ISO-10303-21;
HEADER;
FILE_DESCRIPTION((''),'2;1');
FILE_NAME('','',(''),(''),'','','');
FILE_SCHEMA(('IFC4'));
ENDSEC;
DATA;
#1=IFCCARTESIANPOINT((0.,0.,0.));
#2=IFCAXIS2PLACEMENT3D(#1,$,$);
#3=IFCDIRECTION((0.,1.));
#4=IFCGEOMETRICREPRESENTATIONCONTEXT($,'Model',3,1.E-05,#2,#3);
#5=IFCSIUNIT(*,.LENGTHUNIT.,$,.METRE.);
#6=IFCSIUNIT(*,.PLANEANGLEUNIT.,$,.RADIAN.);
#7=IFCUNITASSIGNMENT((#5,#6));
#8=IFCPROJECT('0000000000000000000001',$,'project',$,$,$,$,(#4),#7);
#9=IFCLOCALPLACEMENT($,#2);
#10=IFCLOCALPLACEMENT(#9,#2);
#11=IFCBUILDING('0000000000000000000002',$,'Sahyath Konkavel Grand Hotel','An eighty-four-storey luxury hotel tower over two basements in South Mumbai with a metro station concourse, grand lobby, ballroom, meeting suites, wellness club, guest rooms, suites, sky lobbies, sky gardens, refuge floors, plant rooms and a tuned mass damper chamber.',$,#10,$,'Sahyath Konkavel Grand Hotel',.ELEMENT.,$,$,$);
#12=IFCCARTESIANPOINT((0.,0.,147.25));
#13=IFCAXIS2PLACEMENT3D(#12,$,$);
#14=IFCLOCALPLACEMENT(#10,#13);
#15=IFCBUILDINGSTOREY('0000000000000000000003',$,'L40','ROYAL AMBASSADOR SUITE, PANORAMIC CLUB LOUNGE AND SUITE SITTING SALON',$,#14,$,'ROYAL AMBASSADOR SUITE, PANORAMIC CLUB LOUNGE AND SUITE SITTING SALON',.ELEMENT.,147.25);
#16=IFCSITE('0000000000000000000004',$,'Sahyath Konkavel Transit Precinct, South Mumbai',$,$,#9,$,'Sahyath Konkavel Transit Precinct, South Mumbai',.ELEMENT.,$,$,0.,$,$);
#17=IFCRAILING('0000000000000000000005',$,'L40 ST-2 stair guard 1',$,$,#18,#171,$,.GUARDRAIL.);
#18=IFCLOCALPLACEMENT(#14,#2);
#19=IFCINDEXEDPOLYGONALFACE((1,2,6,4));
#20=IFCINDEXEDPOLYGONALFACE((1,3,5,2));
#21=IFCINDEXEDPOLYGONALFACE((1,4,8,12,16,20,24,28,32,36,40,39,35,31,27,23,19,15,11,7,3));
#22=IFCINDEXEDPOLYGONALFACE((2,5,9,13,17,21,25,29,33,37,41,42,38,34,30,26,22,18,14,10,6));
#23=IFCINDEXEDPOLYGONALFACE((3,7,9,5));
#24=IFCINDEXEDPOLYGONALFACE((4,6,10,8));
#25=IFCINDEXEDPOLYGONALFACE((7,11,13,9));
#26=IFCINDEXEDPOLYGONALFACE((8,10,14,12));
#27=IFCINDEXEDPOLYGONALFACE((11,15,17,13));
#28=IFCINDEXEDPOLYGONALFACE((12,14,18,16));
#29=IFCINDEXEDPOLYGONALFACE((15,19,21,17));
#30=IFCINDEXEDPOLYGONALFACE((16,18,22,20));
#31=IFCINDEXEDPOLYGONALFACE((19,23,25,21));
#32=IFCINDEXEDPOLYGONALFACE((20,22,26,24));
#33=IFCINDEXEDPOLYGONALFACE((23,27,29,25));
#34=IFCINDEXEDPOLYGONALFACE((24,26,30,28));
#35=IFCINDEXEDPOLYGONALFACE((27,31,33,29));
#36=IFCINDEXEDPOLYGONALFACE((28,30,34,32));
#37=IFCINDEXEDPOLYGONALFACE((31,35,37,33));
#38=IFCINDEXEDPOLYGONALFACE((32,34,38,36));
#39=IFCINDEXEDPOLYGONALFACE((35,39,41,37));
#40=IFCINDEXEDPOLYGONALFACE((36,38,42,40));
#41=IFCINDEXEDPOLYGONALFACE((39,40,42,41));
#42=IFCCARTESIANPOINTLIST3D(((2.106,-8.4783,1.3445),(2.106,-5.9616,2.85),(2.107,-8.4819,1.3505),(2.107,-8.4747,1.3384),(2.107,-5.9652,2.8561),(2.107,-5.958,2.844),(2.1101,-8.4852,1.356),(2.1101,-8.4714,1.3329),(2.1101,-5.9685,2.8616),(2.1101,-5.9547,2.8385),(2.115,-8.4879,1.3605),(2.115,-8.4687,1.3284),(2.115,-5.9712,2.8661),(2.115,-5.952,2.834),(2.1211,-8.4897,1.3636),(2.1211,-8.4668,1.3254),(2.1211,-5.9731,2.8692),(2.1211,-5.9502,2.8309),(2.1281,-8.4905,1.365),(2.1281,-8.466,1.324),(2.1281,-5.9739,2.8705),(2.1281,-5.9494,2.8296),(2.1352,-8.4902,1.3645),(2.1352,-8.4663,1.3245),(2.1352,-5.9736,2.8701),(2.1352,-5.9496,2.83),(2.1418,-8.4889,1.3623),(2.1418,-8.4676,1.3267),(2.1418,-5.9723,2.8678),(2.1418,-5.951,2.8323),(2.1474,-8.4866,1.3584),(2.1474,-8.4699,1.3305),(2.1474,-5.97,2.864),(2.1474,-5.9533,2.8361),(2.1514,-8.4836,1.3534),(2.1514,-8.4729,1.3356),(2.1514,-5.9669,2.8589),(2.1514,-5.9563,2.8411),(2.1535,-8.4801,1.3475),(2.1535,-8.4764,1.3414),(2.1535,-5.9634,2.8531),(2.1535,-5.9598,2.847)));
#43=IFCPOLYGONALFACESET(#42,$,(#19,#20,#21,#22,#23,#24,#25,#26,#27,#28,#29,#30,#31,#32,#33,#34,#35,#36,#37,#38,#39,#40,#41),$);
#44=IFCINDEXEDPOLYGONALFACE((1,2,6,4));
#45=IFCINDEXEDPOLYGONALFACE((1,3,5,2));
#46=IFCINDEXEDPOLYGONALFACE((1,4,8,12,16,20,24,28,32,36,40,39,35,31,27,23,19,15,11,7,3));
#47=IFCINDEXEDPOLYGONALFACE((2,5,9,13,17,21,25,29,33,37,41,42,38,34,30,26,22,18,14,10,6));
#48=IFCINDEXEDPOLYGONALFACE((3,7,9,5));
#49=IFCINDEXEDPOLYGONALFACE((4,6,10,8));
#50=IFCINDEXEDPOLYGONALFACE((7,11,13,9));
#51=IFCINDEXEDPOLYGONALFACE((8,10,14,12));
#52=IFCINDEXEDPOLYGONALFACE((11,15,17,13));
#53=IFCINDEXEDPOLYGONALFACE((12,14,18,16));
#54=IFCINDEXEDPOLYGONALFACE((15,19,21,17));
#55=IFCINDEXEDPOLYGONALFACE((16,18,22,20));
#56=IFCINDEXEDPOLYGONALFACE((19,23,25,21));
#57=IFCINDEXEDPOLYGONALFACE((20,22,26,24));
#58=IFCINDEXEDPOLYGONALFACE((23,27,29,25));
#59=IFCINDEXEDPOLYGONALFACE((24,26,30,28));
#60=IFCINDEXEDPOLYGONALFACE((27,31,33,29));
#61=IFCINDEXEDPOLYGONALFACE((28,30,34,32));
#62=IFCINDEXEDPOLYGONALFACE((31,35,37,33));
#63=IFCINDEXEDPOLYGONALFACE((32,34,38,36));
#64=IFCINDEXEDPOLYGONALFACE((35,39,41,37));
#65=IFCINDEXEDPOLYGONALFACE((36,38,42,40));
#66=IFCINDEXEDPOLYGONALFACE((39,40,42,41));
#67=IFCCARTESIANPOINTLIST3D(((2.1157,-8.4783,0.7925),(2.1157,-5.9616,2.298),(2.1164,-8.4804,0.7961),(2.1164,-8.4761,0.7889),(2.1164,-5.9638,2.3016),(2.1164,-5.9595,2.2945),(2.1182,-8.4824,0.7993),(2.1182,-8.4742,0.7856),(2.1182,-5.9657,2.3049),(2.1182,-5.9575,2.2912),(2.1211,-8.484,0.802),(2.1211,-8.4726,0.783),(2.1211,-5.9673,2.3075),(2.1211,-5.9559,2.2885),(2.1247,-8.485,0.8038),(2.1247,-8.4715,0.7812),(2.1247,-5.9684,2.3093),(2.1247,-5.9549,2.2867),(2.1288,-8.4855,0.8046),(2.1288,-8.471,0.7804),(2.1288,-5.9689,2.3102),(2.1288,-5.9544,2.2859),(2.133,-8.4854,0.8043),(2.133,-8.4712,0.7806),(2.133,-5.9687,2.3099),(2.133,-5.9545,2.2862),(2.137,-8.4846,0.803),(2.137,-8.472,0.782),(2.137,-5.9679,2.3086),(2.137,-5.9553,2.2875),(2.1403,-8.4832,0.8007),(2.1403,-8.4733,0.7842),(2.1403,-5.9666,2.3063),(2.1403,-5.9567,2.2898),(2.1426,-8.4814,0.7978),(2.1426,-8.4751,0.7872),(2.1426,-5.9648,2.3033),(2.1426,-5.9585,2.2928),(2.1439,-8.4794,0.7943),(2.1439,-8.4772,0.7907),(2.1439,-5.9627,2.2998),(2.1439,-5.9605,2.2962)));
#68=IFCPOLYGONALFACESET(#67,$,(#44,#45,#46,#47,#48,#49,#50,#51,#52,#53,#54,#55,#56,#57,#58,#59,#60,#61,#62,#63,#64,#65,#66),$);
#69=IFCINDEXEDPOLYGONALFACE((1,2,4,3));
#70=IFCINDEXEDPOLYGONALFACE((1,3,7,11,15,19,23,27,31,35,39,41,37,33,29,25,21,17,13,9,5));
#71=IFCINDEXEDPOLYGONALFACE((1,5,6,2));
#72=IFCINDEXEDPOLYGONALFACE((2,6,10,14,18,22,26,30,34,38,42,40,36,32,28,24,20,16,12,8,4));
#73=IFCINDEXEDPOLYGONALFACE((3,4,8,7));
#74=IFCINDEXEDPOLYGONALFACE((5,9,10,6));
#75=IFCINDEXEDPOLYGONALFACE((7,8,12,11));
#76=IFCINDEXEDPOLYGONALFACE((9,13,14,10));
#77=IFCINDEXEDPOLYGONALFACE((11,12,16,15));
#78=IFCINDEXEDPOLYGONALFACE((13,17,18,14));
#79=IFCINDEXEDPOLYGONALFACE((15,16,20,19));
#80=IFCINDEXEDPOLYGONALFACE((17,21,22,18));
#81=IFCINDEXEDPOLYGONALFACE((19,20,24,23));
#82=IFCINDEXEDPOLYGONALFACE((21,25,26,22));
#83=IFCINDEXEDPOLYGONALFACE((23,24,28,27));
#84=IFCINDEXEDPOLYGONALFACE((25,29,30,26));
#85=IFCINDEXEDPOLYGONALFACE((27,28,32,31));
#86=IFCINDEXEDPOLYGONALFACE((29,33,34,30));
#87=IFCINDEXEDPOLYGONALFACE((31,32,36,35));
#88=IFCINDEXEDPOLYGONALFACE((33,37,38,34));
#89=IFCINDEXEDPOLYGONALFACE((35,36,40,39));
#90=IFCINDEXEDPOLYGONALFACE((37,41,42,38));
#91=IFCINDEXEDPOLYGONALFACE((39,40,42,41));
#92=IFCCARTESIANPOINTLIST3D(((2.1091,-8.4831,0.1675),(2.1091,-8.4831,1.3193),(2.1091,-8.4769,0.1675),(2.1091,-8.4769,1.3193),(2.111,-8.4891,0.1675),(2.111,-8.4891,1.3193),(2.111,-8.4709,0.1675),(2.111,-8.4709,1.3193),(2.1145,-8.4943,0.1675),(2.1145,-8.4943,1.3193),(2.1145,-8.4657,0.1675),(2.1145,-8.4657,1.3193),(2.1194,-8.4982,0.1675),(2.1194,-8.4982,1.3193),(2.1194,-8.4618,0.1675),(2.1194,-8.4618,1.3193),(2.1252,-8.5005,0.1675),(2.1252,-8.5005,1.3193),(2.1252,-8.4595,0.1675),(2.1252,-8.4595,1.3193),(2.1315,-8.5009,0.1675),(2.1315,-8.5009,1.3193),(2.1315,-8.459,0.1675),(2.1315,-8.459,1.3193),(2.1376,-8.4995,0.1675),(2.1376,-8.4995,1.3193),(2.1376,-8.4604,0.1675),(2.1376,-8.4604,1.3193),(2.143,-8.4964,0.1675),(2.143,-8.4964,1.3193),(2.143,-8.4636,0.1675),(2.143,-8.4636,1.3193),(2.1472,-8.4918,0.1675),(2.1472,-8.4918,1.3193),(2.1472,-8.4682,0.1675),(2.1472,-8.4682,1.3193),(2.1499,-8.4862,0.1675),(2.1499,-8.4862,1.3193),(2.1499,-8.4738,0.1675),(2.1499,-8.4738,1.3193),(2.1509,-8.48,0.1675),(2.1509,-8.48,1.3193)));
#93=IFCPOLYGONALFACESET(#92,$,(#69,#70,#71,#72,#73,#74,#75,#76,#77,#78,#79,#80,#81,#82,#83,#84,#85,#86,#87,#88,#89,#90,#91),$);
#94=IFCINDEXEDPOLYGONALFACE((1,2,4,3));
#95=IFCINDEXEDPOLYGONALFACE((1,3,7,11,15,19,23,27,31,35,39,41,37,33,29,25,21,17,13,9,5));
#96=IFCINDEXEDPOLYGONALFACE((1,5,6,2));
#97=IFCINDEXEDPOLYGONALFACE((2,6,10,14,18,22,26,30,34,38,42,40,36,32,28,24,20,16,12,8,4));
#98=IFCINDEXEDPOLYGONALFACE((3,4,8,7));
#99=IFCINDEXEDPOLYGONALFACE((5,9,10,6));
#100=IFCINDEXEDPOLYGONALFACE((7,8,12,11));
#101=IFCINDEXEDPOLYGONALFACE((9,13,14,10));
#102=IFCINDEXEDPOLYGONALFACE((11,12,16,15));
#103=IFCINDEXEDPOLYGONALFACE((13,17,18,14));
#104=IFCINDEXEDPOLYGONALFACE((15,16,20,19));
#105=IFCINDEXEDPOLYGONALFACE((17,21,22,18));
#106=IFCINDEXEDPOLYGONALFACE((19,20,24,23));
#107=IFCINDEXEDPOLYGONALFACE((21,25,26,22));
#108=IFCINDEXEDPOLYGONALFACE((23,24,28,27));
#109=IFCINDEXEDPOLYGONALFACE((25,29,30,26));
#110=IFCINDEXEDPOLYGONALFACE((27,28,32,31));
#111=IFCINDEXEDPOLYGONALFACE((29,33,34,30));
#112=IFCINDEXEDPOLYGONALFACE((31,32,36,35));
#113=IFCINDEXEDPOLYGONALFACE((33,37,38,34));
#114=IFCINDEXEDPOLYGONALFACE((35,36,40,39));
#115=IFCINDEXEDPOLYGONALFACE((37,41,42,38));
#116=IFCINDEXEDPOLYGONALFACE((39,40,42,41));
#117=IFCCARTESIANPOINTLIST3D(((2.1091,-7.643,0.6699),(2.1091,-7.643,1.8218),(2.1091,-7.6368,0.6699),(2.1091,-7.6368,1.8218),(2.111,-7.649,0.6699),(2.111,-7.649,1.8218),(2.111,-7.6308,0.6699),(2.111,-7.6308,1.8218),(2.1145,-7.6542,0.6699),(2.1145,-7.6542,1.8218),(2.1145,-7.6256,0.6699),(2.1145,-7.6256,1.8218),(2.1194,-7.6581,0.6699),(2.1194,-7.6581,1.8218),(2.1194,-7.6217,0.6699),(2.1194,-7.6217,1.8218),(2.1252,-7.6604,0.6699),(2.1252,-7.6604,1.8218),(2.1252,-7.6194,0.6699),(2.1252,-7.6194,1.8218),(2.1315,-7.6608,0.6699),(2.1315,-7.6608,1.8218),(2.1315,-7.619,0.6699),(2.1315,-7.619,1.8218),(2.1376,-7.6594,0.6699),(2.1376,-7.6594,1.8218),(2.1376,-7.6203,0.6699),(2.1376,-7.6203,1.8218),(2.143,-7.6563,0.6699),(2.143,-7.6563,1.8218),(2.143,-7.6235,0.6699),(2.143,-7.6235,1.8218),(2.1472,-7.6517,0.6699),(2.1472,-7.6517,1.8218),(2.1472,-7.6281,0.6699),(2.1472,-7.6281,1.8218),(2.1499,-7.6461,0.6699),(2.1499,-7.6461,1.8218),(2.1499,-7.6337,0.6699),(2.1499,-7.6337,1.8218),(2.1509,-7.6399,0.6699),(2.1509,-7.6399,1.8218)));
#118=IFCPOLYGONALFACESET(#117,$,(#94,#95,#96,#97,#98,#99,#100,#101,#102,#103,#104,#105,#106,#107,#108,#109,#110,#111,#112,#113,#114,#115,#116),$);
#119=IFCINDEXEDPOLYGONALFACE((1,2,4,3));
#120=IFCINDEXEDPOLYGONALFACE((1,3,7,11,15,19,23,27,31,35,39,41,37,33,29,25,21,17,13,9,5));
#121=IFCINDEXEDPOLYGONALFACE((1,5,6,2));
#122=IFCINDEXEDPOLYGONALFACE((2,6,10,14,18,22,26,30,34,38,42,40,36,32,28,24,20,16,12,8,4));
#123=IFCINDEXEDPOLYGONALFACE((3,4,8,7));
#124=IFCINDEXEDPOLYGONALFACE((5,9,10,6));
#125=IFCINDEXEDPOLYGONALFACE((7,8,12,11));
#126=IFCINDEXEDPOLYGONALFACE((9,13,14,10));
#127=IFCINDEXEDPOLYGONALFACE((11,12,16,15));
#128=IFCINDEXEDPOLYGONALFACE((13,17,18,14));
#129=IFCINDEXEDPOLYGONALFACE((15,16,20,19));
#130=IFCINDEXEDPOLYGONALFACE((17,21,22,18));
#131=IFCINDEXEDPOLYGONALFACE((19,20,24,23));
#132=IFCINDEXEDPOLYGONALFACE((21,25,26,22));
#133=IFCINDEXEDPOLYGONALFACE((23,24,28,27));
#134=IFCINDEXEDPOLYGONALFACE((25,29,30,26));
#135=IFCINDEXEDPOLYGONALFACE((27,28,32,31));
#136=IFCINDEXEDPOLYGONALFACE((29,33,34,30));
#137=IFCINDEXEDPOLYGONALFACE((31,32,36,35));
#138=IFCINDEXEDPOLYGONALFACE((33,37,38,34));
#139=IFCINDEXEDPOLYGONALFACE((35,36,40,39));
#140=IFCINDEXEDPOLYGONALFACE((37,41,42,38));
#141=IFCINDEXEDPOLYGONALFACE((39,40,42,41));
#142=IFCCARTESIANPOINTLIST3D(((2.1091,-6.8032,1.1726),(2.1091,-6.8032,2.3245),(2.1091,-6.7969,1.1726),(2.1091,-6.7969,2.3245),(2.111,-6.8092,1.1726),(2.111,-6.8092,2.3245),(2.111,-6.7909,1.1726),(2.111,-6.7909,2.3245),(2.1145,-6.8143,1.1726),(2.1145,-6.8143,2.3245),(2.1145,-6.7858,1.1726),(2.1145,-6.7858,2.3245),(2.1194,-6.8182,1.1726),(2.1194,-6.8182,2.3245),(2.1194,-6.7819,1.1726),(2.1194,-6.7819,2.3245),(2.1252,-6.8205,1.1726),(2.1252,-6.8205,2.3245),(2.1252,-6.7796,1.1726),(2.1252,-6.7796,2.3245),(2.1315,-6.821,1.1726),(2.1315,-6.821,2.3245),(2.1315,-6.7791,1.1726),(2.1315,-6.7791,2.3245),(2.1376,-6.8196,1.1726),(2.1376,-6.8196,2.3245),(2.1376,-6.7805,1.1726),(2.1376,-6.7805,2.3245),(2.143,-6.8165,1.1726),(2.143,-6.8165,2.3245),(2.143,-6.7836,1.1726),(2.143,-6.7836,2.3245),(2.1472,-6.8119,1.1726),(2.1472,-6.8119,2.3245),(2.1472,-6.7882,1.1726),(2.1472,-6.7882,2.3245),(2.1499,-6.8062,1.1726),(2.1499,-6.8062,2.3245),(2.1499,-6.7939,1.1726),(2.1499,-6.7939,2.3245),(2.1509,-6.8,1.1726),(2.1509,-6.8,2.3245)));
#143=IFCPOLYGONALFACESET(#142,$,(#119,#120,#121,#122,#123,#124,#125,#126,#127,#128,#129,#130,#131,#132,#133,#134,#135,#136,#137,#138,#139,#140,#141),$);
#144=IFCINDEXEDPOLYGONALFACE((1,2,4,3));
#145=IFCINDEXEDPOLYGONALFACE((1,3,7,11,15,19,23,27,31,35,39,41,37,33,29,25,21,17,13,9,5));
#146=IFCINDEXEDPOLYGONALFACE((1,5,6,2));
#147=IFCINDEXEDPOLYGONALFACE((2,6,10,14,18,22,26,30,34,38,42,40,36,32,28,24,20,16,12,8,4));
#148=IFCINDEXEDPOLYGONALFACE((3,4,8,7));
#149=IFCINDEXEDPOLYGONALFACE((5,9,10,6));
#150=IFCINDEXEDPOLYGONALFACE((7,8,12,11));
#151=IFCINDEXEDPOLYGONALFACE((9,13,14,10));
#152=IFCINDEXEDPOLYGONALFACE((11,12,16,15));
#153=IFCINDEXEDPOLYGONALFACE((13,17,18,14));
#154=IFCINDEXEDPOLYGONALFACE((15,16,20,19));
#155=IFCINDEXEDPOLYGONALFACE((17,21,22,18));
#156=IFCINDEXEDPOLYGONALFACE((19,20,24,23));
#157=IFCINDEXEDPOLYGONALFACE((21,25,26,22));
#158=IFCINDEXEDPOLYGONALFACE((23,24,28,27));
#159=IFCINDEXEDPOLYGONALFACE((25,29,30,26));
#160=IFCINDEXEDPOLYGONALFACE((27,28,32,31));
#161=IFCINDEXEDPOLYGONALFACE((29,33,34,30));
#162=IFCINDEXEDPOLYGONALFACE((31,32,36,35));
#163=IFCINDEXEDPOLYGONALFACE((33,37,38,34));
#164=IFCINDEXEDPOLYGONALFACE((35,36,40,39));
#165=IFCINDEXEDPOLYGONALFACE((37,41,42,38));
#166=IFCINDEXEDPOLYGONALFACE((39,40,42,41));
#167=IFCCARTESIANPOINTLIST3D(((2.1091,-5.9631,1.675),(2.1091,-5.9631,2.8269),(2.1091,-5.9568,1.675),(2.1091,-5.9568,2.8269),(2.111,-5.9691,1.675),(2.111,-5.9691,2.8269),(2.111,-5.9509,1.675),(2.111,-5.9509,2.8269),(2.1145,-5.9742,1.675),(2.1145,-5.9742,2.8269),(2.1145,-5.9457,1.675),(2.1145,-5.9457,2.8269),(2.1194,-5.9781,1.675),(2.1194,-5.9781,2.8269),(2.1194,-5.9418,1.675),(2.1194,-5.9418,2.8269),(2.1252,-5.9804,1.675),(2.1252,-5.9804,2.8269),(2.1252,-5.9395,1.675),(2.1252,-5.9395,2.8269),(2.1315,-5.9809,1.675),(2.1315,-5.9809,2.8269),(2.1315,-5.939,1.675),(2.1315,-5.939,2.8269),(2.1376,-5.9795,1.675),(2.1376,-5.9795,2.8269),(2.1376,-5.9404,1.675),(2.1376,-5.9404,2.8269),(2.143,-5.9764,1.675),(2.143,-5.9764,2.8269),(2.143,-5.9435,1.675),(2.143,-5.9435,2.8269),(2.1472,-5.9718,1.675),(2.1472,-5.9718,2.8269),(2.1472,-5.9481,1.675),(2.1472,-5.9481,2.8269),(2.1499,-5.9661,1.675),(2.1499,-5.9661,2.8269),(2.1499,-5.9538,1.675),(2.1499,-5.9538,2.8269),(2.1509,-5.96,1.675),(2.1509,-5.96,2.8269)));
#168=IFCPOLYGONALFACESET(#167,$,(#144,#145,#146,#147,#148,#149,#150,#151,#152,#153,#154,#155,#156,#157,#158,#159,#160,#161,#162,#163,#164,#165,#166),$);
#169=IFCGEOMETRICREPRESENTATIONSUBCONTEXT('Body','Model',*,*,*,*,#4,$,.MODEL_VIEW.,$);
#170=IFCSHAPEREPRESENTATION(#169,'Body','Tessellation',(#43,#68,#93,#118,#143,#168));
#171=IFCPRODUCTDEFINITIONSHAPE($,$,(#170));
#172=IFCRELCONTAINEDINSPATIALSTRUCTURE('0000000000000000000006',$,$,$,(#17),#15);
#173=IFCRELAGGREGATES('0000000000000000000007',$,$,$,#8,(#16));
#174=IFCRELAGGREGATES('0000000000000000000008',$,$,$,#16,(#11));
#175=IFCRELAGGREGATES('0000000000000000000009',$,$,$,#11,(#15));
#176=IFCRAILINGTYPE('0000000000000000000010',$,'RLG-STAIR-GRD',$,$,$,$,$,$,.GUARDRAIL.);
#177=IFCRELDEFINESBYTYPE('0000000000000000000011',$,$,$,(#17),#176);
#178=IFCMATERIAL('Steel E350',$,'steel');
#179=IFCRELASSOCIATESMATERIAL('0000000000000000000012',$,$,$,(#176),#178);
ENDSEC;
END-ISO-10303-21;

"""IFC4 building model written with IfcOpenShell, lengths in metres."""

from ifc_helpers import new_model, si_unit, direction, frame, origin, origin_2d, place, context, subcontext, project, spatial, circle, extrude, material, type_object, element, save


model = new_model("IFC4")

# Units and contexts
model_context = context("Model", 3, precision=1e-05, world=origin(), true_north=direction((0.0, 1.0)))
body_context = subcontext(model_context, "Body", "Model", "MODEL_VIEW")
ifc_project = project(units=[si_unit("LENGTHUNIT", "METRE"), si_unit("PLANEANGLEUNIT", "RADIAN")], contexts=[model_context])

# Site, building, storey
site_placement = place(None, origin())
site = spatial("IfcSite", under=ifc_project, at=site_placement, Name="Sahyath Konkavel Transit Precinct, South Mumbai", LongName="Sahyath Konkavel Transit Precinct, South Mumbai", CompositionType="ELEMENT", RefElevation=0.0)
building_placement = place(site_placement, origin())
building = spatial("IfcBuilding", under=site, at=building_placement, Name="Sahyath Konkavel Grand Hotel", Description="An eighty-four-storey luxury hotel tower over two basements in South Mumbai with a metro station concourse, grand lobby, ballroom, meeting suites, wellness club, guest rooms, suites, sky lobbies, sky gardens, refuge floors, plant rooms and a tuned mass damper chamber.", LongName="Sahyath Konkavel Grand Hotel", CompositionType="ELEMENT")
storey_placement = place(building_placement, frame((0.0, 0.0, 147.25)))
storey = spatial("IfcBuildingStorey", under=building, at=storey_placement, Name="L40", Description="ROYAL AMBASSADOR SUITE, PANORAMIC CLUB LOUNGE AND SUITE SITTING SALON", LongName="ROYAL AMBASSADOR SUITE, PANORAMIC CLUB LOUNGE AND SUITE SITTING SALON", CompositionType="ELEMENT", Elevation=147.25)

# Shared definitions
ifc_material_1 = material(Name="Steel E350", Category="steel")

# Railing
railing_type_1 = type_object("IfcRailingType", Name="RLG-STAIR-GRD", PredefinedType="GUARDRAIL", material=ifc_material_1)
railing_1_placement = place(storey_placement, frame((2.1299, -8.48, 0.1675)))
element("IfcRailing", 1, at=railing_1_placement, inside=storey, type_object=railing_type_1, Name="L40 ST-2 stair guard 1", PredefinedType="GUARDRAIL", context=body_context, shape_type="SweptSolid", body=[
    extrude(circle(Radius=0.0239, at=origin_2d()), frame((0.0, 0.0017, 1.177), z_axis=(0.0, 0.85816, 0.513383), x_axis=(-1.0, 0.0, 0.0)), (0.0, 0.0, 1.0), 2.9326),
    extrude(circle(Radius=0.0142, at=origin_2d()), frame((0.0, 0.0017, 0.625), z_axis=(0.0, 0.85816, 0.513383), x_axis=(-1.0, 0.0, 0.0)), (0.0, 0.0, 1.0), 2.9326),
    extrude(circle(Radius=0.021, at=origin_2d()), origin(), (0.0, 0.0, 1.0), 1.1519),
    extrude(circle(Radius=0.021, at=origin_2d()), frame((0.0, 0.8401, 0.5024)), (0.0, 0.0, 1.0), 1.1519),
    extrude(circle(Radius=0.021, at=origin_2d()), frame((0.0, 1.6799, 1.0051)), (0.0, 0.0, 1.0), 1.1519),
    extrude(circle(Radius=0.021, at=origin_2d()), frame((0.0, 2.52, 1.5076)), (0.0, 0.0, 1.0), 1.1519),
])

save(model, "model.ifc")
